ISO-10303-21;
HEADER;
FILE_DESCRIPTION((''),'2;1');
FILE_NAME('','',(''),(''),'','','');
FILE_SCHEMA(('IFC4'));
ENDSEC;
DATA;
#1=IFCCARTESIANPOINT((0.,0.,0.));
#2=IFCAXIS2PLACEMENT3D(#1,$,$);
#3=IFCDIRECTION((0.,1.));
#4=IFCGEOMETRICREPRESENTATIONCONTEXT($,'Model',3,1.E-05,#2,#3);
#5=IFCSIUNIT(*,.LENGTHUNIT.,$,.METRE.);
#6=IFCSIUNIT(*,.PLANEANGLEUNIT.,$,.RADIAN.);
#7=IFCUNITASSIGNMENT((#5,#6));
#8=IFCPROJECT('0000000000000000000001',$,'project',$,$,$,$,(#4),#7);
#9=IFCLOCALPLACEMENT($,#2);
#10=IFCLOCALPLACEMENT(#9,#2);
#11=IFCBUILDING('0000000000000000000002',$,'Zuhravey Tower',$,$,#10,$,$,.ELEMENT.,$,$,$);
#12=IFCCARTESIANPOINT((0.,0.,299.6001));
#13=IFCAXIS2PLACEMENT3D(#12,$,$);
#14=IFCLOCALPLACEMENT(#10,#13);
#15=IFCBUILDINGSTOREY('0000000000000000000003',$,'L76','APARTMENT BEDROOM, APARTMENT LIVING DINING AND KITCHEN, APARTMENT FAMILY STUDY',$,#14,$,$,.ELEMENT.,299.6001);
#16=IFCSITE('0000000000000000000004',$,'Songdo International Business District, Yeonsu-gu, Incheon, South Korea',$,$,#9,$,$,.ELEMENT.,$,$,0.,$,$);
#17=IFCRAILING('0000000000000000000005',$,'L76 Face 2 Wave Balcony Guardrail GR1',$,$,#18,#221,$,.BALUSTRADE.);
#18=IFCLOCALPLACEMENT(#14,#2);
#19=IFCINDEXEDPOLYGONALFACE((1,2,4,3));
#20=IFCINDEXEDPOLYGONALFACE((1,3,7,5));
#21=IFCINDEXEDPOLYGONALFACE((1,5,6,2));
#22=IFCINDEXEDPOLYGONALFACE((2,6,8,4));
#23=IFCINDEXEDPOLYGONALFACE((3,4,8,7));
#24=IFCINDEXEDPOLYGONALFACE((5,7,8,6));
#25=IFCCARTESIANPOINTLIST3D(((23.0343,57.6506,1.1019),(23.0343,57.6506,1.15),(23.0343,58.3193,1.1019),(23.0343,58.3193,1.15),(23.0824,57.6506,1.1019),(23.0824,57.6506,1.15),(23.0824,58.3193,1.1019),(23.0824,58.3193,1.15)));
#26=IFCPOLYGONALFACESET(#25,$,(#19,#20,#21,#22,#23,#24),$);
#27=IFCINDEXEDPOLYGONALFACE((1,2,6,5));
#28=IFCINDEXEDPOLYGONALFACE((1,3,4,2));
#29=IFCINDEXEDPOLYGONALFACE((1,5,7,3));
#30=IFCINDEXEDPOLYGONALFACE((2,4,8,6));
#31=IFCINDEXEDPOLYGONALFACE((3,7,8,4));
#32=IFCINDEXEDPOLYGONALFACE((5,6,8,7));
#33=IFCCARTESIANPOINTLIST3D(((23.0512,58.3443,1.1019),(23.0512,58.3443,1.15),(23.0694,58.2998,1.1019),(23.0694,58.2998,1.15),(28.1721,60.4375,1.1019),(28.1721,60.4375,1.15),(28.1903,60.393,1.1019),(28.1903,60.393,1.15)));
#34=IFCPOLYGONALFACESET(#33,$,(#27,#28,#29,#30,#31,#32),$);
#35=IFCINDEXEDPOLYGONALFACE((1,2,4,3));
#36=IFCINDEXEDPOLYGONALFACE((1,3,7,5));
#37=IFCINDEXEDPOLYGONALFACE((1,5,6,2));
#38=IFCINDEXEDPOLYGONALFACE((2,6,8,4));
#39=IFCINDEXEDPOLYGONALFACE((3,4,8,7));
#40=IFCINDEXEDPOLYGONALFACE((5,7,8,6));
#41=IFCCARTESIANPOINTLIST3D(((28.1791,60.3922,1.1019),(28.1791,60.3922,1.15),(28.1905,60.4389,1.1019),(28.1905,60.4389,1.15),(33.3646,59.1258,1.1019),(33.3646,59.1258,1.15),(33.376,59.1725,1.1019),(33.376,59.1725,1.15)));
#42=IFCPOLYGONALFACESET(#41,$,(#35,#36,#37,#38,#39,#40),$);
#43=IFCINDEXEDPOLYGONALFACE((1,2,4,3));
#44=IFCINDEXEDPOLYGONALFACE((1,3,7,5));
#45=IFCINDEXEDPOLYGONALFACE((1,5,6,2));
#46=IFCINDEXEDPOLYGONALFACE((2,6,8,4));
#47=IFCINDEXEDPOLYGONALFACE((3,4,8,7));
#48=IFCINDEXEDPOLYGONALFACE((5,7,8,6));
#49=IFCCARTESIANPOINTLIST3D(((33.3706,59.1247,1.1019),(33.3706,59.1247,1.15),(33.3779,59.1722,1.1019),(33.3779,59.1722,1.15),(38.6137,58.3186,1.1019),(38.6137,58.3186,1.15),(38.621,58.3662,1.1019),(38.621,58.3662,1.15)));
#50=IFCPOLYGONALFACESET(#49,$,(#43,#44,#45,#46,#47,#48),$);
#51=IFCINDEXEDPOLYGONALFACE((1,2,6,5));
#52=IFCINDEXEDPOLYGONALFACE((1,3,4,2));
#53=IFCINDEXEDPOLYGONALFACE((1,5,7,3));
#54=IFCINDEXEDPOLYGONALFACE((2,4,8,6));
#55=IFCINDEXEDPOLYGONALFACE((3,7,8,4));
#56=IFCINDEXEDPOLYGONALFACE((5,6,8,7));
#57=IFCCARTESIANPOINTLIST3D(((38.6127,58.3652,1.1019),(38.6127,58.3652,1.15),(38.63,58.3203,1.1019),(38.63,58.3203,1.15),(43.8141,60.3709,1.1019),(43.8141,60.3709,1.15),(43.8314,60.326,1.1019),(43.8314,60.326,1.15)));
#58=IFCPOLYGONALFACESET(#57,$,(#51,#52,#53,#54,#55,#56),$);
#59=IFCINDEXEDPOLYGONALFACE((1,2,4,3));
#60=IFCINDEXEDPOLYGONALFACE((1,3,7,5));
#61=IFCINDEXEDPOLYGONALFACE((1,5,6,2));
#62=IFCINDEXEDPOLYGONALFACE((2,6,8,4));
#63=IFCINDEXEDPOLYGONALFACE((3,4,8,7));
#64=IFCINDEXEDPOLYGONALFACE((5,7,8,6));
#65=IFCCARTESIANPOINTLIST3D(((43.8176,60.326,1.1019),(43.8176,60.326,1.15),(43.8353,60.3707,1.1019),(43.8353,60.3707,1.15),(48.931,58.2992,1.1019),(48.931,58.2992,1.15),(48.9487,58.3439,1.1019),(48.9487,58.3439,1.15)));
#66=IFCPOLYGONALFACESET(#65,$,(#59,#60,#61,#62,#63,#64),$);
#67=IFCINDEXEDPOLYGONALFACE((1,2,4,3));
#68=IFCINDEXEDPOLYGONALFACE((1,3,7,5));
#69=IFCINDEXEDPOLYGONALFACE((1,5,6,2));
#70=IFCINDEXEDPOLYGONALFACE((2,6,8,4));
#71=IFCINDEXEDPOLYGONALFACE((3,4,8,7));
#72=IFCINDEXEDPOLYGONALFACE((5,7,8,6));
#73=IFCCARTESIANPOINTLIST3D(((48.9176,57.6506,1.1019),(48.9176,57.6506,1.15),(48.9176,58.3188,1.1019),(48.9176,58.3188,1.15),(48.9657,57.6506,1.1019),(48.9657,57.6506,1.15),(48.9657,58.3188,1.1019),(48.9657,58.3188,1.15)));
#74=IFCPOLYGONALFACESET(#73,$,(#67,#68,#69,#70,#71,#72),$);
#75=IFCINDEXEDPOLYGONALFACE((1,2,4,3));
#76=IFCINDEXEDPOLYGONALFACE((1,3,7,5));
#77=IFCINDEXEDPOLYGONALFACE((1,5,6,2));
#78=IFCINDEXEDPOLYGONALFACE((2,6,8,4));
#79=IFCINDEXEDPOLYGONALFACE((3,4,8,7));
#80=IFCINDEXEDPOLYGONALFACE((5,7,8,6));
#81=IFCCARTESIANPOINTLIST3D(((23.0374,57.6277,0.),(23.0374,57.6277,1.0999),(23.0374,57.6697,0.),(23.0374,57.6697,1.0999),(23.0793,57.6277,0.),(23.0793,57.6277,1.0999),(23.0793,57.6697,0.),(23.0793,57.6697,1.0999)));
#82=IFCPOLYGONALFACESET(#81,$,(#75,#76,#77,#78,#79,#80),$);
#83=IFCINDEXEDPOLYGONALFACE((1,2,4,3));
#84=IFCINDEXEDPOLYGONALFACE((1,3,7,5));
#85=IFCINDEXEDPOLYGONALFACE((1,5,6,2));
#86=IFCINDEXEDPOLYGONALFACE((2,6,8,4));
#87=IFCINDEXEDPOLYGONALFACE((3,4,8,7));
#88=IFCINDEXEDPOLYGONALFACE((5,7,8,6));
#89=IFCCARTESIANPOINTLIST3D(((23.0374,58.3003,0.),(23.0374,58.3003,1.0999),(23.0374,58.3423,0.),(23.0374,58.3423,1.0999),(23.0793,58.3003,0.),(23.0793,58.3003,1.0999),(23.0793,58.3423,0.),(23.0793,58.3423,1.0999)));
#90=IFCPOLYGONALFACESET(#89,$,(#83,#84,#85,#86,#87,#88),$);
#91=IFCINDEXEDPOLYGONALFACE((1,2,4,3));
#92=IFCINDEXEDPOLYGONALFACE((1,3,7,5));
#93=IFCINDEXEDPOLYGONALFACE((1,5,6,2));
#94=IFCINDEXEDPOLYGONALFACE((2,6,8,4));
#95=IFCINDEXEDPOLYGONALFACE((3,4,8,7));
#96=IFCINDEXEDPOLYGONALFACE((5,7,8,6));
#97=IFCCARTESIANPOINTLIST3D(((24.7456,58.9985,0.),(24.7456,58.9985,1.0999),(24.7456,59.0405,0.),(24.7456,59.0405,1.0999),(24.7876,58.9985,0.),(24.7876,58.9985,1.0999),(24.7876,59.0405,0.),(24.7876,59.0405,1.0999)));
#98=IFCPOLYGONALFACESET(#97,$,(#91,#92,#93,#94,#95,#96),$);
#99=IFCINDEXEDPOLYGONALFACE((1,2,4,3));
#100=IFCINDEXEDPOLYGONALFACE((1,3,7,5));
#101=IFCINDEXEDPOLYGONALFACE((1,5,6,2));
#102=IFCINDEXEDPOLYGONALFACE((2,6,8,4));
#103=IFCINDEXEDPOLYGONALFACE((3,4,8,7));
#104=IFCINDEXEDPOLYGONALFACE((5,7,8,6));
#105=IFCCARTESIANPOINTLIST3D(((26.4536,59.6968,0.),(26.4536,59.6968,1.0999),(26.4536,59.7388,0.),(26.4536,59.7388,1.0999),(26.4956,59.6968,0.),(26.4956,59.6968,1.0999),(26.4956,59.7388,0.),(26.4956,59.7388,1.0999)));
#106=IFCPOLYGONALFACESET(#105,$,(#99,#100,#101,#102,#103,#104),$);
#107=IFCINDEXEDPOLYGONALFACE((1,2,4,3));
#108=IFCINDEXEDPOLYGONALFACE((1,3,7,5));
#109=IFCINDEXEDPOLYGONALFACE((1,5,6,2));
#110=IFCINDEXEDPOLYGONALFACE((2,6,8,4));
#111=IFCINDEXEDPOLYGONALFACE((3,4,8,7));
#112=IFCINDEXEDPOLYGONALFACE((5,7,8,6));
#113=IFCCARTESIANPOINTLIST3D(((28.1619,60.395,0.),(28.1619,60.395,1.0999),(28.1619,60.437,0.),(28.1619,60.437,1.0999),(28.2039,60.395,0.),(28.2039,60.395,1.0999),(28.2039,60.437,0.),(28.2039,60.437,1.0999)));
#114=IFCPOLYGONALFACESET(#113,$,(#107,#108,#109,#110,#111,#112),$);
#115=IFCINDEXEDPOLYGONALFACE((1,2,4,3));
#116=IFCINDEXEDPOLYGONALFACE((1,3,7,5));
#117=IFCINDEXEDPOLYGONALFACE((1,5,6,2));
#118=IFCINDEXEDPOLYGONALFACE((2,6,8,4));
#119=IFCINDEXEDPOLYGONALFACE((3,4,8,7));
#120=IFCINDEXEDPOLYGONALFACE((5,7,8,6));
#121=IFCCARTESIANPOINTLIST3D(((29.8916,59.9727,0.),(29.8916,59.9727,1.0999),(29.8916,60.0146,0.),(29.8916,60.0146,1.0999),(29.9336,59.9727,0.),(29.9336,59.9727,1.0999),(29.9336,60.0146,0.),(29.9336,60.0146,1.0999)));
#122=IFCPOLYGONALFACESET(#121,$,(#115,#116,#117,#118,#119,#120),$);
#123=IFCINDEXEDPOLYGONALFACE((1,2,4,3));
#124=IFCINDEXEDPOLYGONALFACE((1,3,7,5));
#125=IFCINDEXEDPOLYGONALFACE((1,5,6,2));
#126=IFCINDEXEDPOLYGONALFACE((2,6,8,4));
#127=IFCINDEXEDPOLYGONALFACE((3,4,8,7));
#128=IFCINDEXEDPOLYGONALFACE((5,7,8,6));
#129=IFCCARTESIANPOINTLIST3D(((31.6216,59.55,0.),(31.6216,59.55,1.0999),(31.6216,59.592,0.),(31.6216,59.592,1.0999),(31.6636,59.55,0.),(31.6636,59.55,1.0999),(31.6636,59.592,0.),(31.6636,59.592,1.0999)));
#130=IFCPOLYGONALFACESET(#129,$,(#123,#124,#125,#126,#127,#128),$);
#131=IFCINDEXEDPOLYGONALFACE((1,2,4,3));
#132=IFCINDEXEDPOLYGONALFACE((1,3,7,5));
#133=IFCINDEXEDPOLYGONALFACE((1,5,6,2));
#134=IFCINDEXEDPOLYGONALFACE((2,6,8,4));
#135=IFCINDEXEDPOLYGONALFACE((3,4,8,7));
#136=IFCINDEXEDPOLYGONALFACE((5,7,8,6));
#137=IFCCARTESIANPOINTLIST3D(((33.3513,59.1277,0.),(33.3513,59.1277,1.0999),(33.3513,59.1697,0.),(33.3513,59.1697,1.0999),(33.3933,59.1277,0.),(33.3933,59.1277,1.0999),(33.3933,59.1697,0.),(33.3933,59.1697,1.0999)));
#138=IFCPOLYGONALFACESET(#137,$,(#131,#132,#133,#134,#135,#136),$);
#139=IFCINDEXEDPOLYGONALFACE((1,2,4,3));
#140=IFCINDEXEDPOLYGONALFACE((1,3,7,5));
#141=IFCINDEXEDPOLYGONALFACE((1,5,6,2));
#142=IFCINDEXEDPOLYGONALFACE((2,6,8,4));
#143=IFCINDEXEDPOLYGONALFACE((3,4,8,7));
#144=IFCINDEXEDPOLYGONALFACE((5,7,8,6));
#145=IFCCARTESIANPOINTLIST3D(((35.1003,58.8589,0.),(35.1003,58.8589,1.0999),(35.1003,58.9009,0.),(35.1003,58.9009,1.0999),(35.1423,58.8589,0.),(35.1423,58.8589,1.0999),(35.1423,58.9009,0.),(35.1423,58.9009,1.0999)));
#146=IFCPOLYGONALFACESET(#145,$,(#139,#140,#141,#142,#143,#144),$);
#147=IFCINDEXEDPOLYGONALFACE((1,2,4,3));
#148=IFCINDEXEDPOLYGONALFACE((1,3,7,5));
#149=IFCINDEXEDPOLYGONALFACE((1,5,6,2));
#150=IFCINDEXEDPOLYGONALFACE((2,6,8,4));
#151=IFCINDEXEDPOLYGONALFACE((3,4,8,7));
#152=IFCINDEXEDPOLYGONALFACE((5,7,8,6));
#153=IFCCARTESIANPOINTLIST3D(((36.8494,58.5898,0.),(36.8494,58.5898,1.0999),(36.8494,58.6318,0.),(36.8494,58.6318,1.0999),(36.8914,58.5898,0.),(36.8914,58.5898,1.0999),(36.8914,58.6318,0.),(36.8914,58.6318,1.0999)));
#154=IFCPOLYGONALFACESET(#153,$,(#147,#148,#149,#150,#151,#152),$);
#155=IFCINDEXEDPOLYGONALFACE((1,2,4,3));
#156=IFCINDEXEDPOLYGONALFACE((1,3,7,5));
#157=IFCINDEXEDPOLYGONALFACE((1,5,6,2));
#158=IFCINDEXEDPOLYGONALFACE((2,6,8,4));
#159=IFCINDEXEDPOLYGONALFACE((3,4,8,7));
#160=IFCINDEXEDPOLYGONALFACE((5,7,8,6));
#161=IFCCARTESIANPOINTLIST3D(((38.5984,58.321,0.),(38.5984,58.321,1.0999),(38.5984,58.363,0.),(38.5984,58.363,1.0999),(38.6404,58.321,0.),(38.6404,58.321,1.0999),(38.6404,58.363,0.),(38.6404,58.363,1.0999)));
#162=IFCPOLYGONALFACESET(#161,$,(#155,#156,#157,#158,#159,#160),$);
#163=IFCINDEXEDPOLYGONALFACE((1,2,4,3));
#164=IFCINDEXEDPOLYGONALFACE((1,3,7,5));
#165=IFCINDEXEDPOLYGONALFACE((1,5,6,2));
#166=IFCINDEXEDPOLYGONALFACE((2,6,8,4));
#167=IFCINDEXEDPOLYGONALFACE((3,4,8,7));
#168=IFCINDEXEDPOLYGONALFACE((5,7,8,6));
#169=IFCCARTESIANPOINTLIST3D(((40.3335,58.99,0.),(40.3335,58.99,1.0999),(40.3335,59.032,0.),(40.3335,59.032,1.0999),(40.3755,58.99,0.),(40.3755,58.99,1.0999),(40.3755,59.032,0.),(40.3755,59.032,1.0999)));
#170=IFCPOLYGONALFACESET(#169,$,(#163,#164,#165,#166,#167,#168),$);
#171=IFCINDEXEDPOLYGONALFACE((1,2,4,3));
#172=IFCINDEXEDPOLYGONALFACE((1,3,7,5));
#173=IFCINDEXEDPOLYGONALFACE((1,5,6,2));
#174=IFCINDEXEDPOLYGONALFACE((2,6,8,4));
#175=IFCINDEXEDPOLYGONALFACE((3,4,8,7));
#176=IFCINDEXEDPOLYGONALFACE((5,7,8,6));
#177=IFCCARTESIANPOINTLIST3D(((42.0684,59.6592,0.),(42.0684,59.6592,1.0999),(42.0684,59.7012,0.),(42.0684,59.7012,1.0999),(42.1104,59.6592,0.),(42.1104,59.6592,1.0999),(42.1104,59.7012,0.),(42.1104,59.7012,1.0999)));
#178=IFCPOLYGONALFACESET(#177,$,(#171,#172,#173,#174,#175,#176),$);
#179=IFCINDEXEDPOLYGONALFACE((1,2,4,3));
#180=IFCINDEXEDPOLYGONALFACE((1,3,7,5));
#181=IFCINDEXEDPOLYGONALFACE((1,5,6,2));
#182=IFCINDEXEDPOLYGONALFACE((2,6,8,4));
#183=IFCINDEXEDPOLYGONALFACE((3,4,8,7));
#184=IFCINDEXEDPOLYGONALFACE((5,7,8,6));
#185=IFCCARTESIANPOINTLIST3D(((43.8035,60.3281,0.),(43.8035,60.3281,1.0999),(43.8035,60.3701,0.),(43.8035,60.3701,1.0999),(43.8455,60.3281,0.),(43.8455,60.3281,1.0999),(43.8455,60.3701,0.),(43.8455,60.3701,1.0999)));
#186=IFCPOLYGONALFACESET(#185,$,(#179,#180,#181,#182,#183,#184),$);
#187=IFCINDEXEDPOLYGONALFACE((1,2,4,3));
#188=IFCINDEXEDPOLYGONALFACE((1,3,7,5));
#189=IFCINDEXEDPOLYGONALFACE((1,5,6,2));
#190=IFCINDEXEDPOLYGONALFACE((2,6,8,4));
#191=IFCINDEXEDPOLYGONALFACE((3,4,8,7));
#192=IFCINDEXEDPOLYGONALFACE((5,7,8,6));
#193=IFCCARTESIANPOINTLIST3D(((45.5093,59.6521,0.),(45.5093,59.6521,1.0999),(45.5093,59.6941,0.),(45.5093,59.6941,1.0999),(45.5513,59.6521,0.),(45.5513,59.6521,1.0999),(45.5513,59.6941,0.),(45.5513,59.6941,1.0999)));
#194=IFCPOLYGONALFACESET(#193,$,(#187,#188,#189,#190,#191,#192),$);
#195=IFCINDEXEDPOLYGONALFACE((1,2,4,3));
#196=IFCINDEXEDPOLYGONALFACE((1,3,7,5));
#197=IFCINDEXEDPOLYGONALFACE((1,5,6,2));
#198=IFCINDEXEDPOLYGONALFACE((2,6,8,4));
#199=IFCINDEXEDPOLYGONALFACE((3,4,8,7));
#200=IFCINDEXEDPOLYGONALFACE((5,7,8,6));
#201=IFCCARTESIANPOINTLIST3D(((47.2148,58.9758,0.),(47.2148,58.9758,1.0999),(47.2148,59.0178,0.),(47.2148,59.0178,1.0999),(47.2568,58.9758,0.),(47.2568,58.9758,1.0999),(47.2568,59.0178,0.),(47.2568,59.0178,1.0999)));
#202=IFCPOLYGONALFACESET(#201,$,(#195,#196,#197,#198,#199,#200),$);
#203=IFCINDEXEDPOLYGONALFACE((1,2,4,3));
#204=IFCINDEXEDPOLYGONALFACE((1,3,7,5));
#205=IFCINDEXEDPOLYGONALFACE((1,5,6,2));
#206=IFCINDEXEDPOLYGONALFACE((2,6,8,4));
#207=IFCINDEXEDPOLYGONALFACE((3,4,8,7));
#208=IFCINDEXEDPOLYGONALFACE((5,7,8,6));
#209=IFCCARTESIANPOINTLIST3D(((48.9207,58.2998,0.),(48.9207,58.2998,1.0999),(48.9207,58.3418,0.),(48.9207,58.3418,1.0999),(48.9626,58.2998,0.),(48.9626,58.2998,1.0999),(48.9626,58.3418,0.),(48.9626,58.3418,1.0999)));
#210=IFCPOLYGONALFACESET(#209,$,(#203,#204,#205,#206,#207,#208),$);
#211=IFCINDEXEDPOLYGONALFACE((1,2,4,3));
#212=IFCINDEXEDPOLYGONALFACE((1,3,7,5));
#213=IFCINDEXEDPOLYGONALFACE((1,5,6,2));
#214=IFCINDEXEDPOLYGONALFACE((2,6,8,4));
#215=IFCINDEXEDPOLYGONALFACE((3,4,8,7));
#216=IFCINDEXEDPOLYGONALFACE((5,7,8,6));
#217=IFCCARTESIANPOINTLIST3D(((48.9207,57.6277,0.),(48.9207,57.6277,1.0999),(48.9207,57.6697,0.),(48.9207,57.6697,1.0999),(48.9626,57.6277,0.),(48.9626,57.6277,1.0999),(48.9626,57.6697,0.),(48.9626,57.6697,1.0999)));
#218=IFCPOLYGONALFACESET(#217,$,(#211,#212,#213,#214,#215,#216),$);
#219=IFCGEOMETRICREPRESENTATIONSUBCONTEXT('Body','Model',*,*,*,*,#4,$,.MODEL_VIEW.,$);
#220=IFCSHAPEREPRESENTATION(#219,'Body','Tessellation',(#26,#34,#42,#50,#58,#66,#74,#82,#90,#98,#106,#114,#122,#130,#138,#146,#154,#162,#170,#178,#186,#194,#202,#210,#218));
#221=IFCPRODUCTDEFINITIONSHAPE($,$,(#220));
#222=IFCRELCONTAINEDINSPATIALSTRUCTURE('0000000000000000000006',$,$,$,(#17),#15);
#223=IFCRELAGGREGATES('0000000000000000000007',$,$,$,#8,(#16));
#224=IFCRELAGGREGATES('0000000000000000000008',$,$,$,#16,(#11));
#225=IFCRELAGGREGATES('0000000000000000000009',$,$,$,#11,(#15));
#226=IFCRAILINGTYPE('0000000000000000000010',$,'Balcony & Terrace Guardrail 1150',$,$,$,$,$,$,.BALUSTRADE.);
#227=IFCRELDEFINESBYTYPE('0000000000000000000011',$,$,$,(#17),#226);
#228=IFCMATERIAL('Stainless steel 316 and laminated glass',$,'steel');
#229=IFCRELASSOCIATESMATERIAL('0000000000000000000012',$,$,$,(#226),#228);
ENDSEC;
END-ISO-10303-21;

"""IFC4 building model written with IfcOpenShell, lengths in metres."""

from ifc_helpers import new_model, si_unit, direction, frame, origin, origin_2d, place, context, subcontext, project, spatial, rectangle, extrude, material, type_object, element, save


model = new_model("IFC4")

# Units and contexts
model_context = context("Model", 3, precision=1e-05, world=origin(), true_north=direction((0.0, 1.0)))
body_context = subcontext(model_context, "Body", "Model", "MODEL_VIEW")
ifc_project = project(units=[si_unit("LENGTHUNIT", "METRE"), si_unit("PLANEANGLEUNIT", "RADIAN")], contexts=[model_context])

# Site, building, storey
site_placement = place(None, origin())
site = spatial("IfcSite", under=ifc_project, at=site_placement, Name="Songdo International Business District, Yeonsu-gu, Incheon, South Korea", CompositionType="ELEMENT", RefElevation=0.0)
building_placement = place(site_placement, origin())
building = spatial("IfcBuilding", under=site, at=building_placement, Name="Zuhravey Tower", CompositionType="ELEMENT")
storey_placement = place(building_placement, frame((0.0, 0.0, 299.6001)))
storey = spatial("IfcBuildingStorey", under=building, at=storey_placement, Name="L76", Description="APARTMENT BEDROOM, APARTMENT LIVING DINING AND KITCHEN, APARTMENT FAMILY STUDY", CompositionType="ELEMENT", Elevation=299.6001)

# Railing
ifc_material_1 = material(Name="Stainless steel 316 and laminated glass", Category="steel")
railing_type = type_object("IfcRailingType", Name="Balcony & Terrace Guardrail 1150", PredefinedType="BALUSTRADE", material=ifc_material_1)
railing_placement = place(storey_placement, frame((23.0583, 57.6487, 0.0)))
element("IfcRailing", 1, at=railing_placement, inside=storey, type_object=railing_type, Name="L76 Face 2 Wave Balcony Guardrail GR1", PredefinedType="BALUSTRADE", context=body_context, shape_type="SweptSolid", body=[
    extrude(rectangle(XDim=0.0481, YDim=0.0481, at=origin_2d()), frame((0.0, 0.002, 1.126), z_axis=(0.0, 1.0, 0.0), x_axis=(-1.0, 0.0, 0.0)), (0.0, 0.0, 1.0), 0.6687),
    extrude(rectangle(XDim=0.0481, YDim=0.0481, at=origin_2d()), frame((0.002, 0.6733, 1.126), z_axis=(0.925652, 0.378375, 0.0), x_axis=(-0.378375, 0.925652, 0.0)), (0.0, 0.0, 1.0), 5.5322),
    extrude(rectangle(XDim=0.0481, YDim=0.0481, at=origin_2d()), frame((5.1265, 2.7668, 1.126), z_axis=(0.971451, -0.237241, 0.0), x_axis=(0.237241, 0.971451, 0.0)), (0.0, 0.0, 1.0), 5.3379),
    extrude(rectangle(XDim=0.0481, YDim=0.0481, at=origin_2d()), frame((10.3159, 1.4998, 1.126), z_axis=(0.988389, -0.151947, 0.0), x_axis=(0.151947, 0.988389, 0.0)), (0.0, 0.0, 1.0), 5.3047),
    extrude(rectangle(XDim=0.0481, YDim=0.0481, at=origin_2d()), frame((15.563, 0.6941, 1.126), z_axis=(0.933037, 0.35978, 0.0), x_axis=(-0.35978, 0.933037, 0.0)), (0.0, 0.0, 1.0), 5.5747),
    extrude(rectangle(XDim=0.0481, YDim=0.0481, at=origin_2d()), frame((20.7681, 2.6997, 1.126), z_axis=(0.929634, -0.368483, 0.0), x_axis=(0.368483, 0.929634, 0.0)), (0.0, 0.0, 1.0), 5.5005),
    extrude(rectangle(XDim=0.0481, YDim=0.0481, at=origin_2d()), frame((25.8833, 0.6702, 1.126), z_axis=(0.0, -1.0, 0.0), x_axis=(1.0, 0.0, 0.0)), (0.0, 0.0, 1.0), 0.6682),
    extrude(rectangle(XDim=0.042, YDim=0.042, at=origin_2d()), origin(), (0.0, 0.0, 1.0), 1.0999),
    extrude(rectangle(XDim=0.042, YDim=0.042, at=origin_2d()), frame((0.0, 0.6726, 0.0)), (0.0, 0.0, 1.0), 1.0999),
    extrude(rectangle(XDim=0.042, YDim=0.042, at=origin_2d()), frame((1.7083, 1.3708, 0.0)), (0.0, 0.0, 1.0), 1.0999),
    extrude(rectangle(XDim=0.042, YDim=0.042, at=origin_2d()), frame((3.4163, 2.0691, 0.0)), (0.0, 0.0, 1.0), 1.0999),
    extrude(rectangle(XDim=0.042, YDim=0.042, at=origin_2d()), frame((5.1245, 2.7673, 0.0)), (0.0, 0.0, 1.0), 1.0999),
    extrude(rectangle(XDim=0.042, YDim=0.042, at=origin_2d()), frame((6.8542, 2.345, 0.0)), (0.0, 0.0, 1.0), 1.0999),
    extrude(rectangle(XDim=0.042, YDim=0.042, at=origin_2d()), frame((8.5842, 1.9224, 0.0)), (0.0, 0.0, 1.0), 1.0999),
    extrude(rectangle(XDim=0.042, YDim=0.042, at=origin_2d()), frame((10.314, 1.5, 0.0)), (0.0, 0.0, 1.0), 1.0999),
    extrude(rectangle(XDim=0.042, YDim=0.042, at=origin_2d()), frame((12.063, 1.2312, 0.0)), (0.0, 0.0, 1.0), 1.0999),
    extrude(rectangle(XDim=0.042, YDim=0.042, at=origin_2d()), frame((13.812, 0.9622, 0.0)), (0.0, 0.0, 1.0), 1.0999),
    extrude(rectangle(XDim=0.042, YDim=0.042, at=origin_2d()), frame((15.561, 0.6934, 0.0)), (0.0, 0.0, 1.0), 1.0999),
    extrude(rectangle(XDim=0.042, YDim=0.042, at=origin_2d()), frame((17.2961, 1.3623, 0.0)), (0.0, 0.0, 1.0), 1.0999),
    extrude(rectangle(XDim=0.042, YDim=0.042, at=origin_2d()), frame((19.031, 2.0315, 0.0)), (0.0, 0.0, 1.0), 1.0999),
    extrude(rectangle(XDim=0.042, YDim=0.042, at=origin_2d()), frame((20.7661, 2.7004, 0.0)), (0.0, 0.0, 1.0), 1.0999),
    extrude(rectangle(XDim=0.042, YDim=0.042, at=origin_2d()), frame((22.4719, 2.0244, 0.0)), (0.0, 0.0, 1.0), 1.0999),
    extrude(rectangle(XDim=0.042, YDim=0.042, at=origin_2d()), frame((24.1775, 1.3481, 0.0)), (0.0, 0.0, 1.0), 1.0999),
    extrude(rectangle(XDim=0.042, YDim=0.042, at=origin_2d()), frame((25.8833, 0.6721, 0.0)), (0.0, 0.0, 1.0), 1.0999),
    extrude(rectangle(XDim=0.042, YDim=0.042, at=origin_2d()), frame((25.8833, 0.0, 0.0)), (0.0, 0.0, 1.0), 1.0999),
])

save(model, "model.ifc")
